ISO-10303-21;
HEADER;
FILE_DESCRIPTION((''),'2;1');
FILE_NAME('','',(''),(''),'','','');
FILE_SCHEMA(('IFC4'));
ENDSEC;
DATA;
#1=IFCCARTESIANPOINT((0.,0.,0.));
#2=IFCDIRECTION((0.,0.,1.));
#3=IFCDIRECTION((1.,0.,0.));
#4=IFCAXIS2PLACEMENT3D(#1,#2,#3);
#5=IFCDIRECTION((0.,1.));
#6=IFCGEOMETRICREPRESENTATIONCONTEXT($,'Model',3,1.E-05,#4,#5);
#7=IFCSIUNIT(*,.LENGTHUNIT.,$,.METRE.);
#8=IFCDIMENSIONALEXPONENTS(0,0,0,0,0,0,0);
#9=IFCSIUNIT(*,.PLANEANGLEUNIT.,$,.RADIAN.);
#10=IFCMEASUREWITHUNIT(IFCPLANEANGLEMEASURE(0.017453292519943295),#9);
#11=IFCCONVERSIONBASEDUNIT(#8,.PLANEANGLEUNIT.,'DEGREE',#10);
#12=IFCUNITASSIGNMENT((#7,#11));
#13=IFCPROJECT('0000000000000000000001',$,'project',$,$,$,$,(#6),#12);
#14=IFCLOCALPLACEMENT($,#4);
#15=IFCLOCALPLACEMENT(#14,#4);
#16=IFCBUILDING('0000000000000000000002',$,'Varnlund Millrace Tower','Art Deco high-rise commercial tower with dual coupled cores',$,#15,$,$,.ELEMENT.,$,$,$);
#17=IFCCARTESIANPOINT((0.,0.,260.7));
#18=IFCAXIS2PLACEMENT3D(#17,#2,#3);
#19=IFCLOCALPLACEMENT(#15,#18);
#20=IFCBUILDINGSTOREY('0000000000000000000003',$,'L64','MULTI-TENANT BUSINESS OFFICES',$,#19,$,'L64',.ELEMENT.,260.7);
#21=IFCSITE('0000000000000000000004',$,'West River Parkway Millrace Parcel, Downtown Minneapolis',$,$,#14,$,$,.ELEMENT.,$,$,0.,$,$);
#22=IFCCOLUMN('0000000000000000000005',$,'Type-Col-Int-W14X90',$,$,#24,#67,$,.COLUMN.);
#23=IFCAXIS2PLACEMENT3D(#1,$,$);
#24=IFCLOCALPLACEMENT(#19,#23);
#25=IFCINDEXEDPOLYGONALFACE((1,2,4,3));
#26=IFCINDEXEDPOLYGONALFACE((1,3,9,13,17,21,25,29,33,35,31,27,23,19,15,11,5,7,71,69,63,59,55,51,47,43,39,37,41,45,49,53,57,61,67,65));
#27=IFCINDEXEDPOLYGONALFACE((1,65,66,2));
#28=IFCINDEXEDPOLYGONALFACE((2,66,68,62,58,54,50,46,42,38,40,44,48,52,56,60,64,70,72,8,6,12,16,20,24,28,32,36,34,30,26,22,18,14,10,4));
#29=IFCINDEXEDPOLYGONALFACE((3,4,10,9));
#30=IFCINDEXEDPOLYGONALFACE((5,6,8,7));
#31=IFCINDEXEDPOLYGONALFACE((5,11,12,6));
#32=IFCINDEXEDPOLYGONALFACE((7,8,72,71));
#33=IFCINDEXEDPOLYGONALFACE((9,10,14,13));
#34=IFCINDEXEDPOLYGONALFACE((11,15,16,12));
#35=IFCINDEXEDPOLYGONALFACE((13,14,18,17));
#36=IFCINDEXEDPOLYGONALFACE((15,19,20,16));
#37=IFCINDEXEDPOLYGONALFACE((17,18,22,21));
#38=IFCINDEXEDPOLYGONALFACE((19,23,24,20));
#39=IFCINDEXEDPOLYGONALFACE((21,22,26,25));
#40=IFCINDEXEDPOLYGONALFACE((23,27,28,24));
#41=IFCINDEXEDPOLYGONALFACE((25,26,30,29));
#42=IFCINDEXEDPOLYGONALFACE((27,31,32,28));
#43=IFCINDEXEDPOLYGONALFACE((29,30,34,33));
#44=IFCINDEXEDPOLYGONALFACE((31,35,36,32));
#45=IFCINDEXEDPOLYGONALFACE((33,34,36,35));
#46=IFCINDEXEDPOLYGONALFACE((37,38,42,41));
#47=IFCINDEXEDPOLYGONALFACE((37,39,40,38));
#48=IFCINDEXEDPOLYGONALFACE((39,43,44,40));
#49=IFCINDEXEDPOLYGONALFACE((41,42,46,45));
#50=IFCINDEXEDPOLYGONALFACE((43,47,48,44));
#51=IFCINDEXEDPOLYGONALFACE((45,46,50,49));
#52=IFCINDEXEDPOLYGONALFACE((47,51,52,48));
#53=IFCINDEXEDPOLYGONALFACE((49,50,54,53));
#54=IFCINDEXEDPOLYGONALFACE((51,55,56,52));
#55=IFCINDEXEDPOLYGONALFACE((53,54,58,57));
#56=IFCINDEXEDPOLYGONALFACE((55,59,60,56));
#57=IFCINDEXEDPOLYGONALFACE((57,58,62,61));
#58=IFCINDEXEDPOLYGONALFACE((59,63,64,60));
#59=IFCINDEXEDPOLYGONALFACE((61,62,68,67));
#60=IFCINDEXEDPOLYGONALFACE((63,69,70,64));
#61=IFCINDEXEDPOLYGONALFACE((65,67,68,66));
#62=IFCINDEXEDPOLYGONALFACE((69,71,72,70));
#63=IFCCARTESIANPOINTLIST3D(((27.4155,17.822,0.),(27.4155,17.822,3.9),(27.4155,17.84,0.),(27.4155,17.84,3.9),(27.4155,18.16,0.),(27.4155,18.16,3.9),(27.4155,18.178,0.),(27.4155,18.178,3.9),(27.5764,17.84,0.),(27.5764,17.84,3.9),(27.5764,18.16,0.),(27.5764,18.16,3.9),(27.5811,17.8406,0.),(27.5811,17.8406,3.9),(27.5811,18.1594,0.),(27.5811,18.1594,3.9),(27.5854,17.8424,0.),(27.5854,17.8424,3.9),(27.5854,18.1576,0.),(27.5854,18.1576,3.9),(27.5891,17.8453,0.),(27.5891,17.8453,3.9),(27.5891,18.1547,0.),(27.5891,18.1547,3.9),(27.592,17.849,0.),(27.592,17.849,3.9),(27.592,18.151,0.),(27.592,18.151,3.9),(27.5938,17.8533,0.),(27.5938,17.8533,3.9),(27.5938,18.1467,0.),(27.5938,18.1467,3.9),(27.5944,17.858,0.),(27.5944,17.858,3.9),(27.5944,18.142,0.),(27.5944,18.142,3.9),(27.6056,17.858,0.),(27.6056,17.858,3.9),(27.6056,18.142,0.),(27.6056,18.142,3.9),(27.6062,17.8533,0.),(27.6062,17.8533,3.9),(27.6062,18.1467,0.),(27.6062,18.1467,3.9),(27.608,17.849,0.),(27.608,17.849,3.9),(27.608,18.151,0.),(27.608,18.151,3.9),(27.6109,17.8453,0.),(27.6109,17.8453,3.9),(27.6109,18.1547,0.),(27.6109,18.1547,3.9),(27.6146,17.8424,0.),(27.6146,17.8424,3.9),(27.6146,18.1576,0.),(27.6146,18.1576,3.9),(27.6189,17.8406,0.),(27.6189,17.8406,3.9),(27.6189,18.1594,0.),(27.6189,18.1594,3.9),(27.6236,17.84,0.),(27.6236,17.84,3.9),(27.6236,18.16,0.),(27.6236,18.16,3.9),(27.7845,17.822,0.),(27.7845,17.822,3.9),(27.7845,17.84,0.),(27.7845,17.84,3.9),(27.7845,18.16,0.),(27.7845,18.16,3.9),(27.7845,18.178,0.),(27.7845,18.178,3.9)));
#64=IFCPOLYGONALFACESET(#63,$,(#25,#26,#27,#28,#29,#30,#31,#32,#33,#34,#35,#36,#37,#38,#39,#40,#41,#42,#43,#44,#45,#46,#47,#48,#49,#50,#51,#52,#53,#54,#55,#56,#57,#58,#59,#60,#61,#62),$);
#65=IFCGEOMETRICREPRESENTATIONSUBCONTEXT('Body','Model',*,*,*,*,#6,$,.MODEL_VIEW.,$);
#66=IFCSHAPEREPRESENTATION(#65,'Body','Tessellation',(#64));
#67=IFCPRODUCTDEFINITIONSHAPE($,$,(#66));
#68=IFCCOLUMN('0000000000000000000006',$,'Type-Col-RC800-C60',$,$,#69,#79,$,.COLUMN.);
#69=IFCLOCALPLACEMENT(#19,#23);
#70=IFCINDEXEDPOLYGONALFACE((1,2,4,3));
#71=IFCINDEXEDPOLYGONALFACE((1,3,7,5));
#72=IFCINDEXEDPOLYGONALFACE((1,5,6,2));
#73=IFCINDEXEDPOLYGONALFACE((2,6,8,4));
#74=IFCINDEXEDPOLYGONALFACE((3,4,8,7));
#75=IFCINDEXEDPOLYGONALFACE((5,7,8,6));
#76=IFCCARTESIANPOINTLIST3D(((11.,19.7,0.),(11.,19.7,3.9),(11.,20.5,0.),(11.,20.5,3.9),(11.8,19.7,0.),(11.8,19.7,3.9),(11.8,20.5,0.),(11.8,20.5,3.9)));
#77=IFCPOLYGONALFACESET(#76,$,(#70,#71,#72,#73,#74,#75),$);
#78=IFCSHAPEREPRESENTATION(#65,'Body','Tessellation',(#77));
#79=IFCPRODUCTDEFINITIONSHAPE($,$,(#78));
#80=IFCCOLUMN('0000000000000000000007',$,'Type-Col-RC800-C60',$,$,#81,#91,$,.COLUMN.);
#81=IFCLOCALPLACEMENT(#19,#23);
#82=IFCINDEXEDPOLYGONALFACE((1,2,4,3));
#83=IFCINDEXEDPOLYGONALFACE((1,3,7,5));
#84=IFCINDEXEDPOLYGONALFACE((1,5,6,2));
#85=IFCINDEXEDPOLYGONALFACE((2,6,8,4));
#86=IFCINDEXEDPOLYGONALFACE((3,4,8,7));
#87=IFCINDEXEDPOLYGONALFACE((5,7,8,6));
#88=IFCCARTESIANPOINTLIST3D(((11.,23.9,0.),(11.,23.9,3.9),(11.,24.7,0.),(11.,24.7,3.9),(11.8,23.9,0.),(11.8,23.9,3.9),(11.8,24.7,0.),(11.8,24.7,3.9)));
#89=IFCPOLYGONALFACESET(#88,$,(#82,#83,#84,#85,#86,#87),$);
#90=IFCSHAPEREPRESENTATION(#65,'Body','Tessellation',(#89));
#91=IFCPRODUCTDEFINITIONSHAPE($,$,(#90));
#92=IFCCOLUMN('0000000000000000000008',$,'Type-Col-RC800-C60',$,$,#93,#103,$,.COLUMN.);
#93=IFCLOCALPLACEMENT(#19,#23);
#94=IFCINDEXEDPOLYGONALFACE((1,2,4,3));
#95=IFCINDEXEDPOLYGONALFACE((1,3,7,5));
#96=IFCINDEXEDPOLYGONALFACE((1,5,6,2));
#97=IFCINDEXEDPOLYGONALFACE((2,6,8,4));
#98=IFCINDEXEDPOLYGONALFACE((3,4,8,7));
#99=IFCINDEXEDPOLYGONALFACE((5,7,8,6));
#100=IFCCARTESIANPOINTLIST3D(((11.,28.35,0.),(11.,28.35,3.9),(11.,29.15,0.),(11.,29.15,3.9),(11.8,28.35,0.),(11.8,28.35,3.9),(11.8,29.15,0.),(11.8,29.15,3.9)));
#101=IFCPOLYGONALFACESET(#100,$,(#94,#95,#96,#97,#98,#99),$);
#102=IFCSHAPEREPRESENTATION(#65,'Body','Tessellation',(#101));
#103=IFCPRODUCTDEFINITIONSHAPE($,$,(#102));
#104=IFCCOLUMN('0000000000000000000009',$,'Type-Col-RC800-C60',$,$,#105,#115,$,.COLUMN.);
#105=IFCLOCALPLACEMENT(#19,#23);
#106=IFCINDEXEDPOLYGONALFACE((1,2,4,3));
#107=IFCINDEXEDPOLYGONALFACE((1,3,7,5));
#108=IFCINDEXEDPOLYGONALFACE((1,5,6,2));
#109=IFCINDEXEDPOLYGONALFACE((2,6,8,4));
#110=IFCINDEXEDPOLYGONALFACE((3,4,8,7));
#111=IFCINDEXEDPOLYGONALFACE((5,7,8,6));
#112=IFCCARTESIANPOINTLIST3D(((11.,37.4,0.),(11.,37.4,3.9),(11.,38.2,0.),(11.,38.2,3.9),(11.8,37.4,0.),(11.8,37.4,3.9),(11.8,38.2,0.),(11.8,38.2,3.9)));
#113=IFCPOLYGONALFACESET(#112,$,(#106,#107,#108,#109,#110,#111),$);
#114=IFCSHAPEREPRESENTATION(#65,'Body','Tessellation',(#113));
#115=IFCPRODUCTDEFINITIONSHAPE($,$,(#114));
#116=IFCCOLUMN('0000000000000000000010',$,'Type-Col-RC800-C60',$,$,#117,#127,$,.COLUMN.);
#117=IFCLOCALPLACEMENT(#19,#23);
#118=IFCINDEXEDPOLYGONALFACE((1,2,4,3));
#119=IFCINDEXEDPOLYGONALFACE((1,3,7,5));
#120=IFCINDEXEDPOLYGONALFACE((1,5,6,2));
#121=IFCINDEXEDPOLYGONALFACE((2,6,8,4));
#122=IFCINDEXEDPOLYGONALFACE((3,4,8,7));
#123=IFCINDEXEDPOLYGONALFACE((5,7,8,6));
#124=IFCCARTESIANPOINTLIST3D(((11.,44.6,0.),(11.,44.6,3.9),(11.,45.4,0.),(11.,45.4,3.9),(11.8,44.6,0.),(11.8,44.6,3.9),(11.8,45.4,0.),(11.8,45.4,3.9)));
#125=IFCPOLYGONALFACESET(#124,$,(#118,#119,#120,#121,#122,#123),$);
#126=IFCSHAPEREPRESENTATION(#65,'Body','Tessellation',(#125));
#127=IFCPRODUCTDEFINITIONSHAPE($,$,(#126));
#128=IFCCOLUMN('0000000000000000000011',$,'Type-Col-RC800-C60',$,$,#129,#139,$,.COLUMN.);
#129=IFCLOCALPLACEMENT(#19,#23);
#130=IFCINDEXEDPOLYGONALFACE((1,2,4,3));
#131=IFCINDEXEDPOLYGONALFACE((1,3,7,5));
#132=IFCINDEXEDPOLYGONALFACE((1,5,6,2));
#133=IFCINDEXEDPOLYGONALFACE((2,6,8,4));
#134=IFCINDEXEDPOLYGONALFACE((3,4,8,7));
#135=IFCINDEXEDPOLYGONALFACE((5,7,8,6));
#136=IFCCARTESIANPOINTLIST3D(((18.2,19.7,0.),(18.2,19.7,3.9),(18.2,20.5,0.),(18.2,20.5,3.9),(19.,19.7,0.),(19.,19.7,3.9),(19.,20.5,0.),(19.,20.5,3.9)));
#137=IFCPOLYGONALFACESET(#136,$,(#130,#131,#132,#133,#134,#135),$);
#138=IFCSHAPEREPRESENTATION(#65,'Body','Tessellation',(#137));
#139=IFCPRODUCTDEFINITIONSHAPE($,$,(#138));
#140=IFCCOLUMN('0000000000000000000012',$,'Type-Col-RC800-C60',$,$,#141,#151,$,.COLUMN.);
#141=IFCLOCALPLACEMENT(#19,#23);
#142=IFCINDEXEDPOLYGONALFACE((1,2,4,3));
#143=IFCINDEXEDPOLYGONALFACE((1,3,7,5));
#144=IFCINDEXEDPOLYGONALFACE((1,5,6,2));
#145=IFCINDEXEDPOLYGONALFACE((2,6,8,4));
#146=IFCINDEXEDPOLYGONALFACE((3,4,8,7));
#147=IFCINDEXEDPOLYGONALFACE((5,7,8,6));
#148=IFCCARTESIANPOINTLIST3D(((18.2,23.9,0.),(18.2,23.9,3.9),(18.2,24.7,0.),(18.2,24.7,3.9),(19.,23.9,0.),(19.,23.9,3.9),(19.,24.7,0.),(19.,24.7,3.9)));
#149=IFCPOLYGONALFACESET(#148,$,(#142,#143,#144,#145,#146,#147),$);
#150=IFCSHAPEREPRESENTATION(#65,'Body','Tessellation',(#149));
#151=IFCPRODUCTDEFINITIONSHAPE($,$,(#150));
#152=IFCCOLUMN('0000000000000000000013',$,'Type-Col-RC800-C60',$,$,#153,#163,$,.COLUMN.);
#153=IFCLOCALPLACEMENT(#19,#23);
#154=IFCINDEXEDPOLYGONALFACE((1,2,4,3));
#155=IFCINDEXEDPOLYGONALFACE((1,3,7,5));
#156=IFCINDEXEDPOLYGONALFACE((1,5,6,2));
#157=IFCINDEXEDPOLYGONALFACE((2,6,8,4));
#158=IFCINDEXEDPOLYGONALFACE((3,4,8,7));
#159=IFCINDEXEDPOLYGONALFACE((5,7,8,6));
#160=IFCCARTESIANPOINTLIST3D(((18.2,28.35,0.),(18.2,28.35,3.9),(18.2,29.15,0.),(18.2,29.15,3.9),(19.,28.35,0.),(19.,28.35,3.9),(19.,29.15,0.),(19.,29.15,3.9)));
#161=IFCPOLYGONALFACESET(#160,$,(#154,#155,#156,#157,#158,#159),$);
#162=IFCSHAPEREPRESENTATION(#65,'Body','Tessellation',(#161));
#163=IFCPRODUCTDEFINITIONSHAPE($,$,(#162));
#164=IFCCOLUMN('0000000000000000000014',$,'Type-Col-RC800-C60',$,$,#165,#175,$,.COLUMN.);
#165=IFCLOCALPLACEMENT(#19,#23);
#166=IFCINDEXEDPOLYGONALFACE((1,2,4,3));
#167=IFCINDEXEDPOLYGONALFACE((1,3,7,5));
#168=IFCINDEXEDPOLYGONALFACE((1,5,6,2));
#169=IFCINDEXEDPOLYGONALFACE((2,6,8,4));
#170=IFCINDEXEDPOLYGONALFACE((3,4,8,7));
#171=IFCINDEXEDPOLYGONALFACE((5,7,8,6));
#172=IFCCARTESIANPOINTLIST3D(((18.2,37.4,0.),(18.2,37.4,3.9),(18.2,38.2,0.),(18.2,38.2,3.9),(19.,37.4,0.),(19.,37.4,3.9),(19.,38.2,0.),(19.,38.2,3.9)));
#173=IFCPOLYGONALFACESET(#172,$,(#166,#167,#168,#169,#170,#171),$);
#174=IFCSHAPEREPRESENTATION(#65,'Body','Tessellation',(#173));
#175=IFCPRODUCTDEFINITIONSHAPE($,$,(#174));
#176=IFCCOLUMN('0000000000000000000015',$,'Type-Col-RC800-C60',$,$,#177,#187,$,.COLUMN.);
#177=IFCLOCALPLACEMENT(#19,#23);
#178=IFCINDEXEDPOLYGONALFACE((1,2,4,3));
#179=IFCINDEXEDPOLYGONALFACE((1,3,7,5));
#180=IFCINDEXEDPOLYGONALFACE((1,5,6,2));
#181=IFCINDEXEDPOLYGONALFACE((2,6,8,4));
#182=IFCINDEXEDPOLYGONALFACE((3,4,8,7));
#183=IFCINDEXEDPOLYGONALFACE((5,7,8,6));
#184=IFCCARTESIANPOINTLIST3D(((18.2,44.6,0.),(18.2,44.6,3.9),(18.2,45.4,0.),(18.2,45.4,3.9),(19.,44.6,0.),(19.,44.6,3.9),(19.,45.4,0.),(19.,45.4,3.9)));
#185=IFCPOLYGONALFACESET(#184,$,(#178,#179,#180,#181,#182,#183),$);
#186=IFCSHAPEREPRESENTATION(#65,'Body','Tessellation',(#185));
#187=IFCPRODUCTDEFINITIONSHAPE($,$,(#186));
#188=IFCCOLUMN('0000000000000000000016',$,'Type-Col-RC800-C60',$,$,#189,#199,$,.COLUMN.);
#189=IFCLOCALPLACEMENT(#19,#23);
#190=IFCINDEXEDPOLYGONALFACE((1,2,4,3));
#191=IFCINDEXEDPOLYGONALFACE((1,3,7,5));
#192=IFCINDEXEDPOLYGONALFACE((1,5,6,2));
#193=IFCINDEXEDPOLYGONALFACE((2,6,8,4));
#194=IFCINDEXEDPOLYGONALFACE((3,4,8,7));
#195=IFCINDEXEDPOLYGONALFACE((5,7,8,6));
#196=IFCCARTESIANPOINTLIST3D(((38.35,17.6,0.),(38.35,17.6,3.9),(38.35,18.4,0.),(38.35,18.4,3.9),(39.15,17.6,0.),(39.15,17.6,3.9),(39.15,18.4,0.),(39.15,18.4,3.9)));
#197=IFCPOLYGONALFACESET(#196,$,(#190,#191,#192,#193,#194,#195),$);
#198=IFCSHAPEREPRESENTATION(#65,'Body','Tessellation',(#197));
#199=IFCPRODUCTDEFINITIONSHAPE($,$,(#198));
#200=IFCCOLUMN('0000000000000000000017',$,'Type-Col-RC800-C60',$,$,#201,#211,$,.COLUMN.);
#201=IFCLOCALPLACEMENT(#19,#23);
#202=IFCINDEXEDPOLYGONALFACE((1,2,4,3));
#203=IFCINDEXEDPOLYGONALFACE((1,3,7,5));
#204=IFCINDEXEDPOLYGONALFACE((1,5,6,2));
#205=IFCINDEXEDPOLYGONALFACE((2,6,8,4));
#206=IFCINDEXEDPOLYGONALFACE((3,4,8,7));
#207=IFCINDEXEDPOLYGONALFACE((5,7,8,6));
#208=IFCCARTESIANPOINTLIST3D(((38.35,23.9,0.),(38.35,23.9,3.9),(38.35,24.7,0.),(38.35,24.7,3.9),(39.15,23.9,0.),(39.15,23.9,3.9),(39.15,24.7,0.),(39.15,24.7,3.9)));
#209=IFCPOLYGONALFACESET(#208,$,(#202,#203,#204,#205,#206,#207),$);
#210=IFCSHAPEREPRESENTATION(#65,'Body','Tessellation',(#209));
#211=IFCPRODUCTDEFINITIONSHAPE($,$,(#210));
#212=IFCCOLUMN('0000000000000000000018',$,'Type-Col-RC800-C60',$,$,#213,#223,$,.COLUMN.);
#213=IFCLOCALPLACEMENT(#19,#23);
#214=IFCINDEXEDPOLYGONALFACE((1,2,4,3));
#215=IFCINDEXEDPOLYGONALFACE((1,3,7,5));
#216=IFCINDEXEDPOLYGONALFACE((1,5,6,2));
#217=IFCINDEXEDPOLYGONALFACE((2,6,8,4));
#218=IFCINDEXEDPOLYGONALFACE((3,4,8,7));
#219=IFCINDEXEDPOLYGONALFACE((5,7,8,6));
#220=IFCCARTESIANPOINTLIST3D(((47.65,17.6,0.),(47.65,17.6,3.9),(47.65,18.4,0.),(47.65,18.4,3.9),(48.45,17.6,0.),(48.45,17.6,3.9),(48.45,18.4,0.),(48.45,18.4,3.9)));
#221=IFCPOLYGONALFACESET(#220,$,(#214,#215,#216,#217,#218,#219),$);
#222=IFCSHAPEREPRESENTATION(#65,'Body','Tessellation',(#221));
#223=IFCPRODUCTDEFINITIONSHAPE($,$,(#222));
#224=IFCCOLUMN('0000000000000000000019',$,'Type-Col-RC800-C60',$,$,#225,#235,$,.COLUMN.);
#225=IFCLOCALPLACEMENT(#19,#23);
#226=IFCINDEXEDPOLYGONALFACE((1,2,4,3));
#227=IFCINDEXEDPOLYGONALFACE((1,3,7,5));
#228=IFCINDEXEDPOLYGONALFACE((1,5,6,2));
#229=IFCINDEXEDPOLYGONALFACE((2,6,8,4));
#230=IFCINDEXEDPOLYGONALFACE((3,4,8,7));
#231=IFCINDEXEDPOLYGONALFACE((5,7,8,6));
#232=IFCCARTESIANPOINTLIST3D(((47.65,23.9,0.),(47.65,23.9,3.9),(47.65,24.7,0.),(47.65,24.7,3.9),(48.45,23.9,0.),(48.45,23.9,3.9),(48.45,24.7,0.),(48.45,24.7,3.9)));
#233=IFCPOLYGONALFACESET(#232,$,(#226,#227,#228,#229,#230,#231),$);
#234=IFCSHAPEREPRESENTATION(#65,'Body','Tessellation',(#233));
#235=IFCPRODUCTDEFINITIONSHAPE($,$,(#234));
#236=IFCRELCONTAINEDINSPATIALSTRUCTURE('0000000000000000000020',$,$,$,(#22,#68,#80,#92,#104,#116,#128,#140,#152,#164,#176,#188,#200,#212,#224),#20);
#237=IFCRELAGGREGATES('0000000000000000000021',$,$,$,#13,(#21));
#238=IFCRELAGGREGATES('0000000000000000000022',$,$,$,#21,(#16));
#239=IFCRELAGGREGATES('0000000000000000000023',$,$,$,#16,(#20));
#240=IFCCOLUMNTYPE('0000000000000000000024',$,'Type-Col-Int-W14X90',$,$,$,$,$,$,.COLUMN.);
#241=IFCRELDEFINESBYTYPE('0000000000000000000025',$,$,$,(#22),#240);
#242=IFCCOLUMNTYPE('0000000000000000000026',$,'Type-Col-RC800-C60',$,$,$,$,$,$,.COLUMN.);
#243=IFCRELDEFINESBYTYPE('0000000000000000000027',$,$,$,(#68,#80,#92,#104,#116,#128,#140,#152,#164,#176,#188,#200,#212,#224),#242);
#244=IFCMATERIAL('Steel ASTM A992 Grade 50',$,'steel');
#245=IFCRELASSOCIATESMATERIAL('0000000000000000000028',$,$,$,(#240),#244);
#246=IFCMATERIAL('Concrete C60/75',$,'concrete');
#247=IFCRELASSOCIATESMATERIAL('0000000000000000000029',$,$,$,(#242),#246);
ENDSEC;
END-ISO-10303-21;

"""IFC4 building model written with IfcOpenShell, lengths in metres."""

from ifc_helpers import new_model, entity, si_unit, converted_unit, direction, frame, origin_with_axes, origin_2d_with_axis, place, context, subcontext, project, spatial, rectangle, i_section, extrude, material, material_profile, profile_set, type_object, element, save


model = new_model("IFC4")

# Units and contexts
model_context = context("Model", 3, precision=1e-05, world=origin_with_axes(), true_north=direction((0.0, 1.0)))
body_context = subcontext(model_context, "Body", "Model", "MODEL_VIEW")
ifc_project = project(units=[si_unit("LENGTHUNIT", "METRE"), converted_unit("PLANEANGLEUNIT", "DEGREE", entity("IfcPlaneAngleMeasure", 0.017453292519943295), si_unit("PLANEANGLEUNIT", "RADIAN"), dimensions=[0, 0, 0, 0, 0, 0, 0])], contexts=[model_context])

# Site, building, storey
site_placement = place(None, origin_with_axes())
site = spatial("IfcSite", under=ifc_project, at=site_placement, Name="West River Parkway Millrace Parcel, Downtown Minneapolis", CompositionType="ELEMENT", RefElevation=0.0)
building_placement = place(site_placement, origin_with_axes())
building = spatial("IfcBuilding", under=site, at=building_placement, Name="Varnlund Millrace Tower", Description="Art Deco high-rise commercial tower with dual coupled cores", CompositionType="ELEMENT")
storey_placement = place(building_placement, frame((0.0, 0.0, 260.7), z_axis=(0.0, 0.0, 1.0), x_axis=(1.0, 0.0, 0.0)))
storey = spatial("IfcBuildingStorey", under=building, at=storey_placement, Name="L64", Description="MULTI-TENANT BUSINESS OFFICES", LongName="L64", CompositionType="ELEMENT", Elevation=260.7)

# Columns
ifc_material_1 = material(Name="Steel ASTM A992 Grade 50", Category="steel")
ifc_material_profile_1 = material_profile(ifc_material_1, i_section(OverallWidth=0.369, OverallDepth=0.356, WebThickness=0.0112, FlangeThickness=0.018, FilletRadius=0.018, at=origin_2d_with_axis()), Name="Steel ASTM A992 Grade 50")
ifc_profile_set_1 = profile_set([ifc_material_profile_1], Name="Steel ASTM A992 Grade 50")
column_type_1 = type_object("IfcColumnType", Name="Type-Col-Int-W14X90", PredefinedType="COLUMN", material=ifc_profile_set_1)
column_placement = place(storey_placement, frame((27.6, 18.0, 0.0), z_axis=(0.0, 0.0, 1.0), x_axis=(1.0, 0.0, 0.0)))
element("IfcColumn", 1, at=column_placement, inside=storey, type_object=column_type_1, Name="Type-Col-Int-W14X90", PredefinedType="COLUMN", context=body_context, shape_type="SweptSolid", body=[
    extrude(i_section(OverallWidth=0.369, OverallDepth=0.356, WebThickness=0.0112, FlangeThickness=0.018, FilletRadius=0.018, at=origin_2d_with_axis()), origin_with_axes(), (0.0, 0.0, 1.0), 3.9),
])
ifc_material_2 = material(Name="Concrete C60/75", Category="concrete")
ifc_material_profile_2 = material_profile(ifc_material_2, rectangle(XDim=0.8, YDim=0.8, at=origin_2d_with_axis()), Name="Concrete C60/75")
ifc_profile_set_2 = profile_set([ifc_material_profile_2], Name="Concrete C60/75")
column_type_2 = type_object("IfcColumnType", Name="Type-Col-RC800-C60", PredefinedType="COLUMN", material=ifc_profile_set_2)
for number, where, z_axis, x_axis, name in (
    (2, (11.4, 20.1, 0.0), (0.0, 0.0, 1.0), (1.0, 0.0, 0.0), "Type-Col-RC800-C60"),
    (3, (11.4, 24.3, 0.0), (0.0, 0.0, 1.0), (1.0, 0.0, 0.0), "Type-Col-RC800-C60"),
    (4, (11.4, 28.75, 0.0), (0.0, 0.0, 1.0), (1.0, 0.0, 0.0), "Type-Col-RC800-C60"),
    (5, (11.4, 37.8, 0.0), (0.0, 0.0, 1.0), (1.0, 0.0, 0.0), "Type-Col-RC800-C60"),
    (6, (11.4, 45.0, 0.0), (0.0, 0.0, 1.0), (1.0, 0.0, 0.0), "Type-Col-RC800-C60"),
    (7, (18.6, 20.1, 0.0), (0.0, 0.0, 1.0), (1.0, 0.0, 0.0), "Type-Col-RC800-C60"),
    (8, (18.6, 24.3, 0.0), (0.0, 0.0, 1.0), (1.0, 0.0, 0.0), "Type-Col-RC800-C60"),
    (9, (18.6, 28.75, 0.0), (0.0, 0.0, 1.0), (1.0, 0.0, 0.0), "Type-Col-RC800-C60"),
    (10, (18.6, 37.8, 0.0), (0.0, 0.0, 1.0), (1.0, 0.0, 0.0), "Type-Col-RC800-C60"),
    (11, (18.6, 45.0, 0.0), (0.0, 0.0, 1.0), (1.0, 0.0, 0.0), "Type-Col-RC800-C60"),
    (12, (38.75, 18.0, 0.0), (0.0, 0.0, 1.0), (1.0, 0.0, 0.0), "Type-Col-RC800-C60"),
    (13, (38.75, 24.3, 0.0), (0.0, 0.0, 1.0), (1.0, 0.0, 0.0), "Type-Col-RC800-C60"),
    (14, (48.05, 18.0, 0.0), (0.0, 0.0, 1.0), (1.0, 0.0, 0.0), "Type-Col-RC800-C60"),
    (15, (48.05, 24.3, 0.0), (0.0, 0.0, 1.0), (1.0, 0.0, 0.0), "Type-Col-RC800-C60"),
):
    element("IfcColumn", number, at=place(storey_placement, frame(where, z_axis=z_axis, x_axis=x_axis)), inside=storey, type_object=column_type_2, Name=name, PredefinedType="COLUMN", context=body_context, shape_type="SweptSolid", body=[
        extrude(rectangle(XDim=0.8, YDim=0.8, at=origin_2d_with_axis()), origin_with_axes(), (0.0, 0.0, 1.0), 3.9),
    ])

save(model, "model.ifc")
